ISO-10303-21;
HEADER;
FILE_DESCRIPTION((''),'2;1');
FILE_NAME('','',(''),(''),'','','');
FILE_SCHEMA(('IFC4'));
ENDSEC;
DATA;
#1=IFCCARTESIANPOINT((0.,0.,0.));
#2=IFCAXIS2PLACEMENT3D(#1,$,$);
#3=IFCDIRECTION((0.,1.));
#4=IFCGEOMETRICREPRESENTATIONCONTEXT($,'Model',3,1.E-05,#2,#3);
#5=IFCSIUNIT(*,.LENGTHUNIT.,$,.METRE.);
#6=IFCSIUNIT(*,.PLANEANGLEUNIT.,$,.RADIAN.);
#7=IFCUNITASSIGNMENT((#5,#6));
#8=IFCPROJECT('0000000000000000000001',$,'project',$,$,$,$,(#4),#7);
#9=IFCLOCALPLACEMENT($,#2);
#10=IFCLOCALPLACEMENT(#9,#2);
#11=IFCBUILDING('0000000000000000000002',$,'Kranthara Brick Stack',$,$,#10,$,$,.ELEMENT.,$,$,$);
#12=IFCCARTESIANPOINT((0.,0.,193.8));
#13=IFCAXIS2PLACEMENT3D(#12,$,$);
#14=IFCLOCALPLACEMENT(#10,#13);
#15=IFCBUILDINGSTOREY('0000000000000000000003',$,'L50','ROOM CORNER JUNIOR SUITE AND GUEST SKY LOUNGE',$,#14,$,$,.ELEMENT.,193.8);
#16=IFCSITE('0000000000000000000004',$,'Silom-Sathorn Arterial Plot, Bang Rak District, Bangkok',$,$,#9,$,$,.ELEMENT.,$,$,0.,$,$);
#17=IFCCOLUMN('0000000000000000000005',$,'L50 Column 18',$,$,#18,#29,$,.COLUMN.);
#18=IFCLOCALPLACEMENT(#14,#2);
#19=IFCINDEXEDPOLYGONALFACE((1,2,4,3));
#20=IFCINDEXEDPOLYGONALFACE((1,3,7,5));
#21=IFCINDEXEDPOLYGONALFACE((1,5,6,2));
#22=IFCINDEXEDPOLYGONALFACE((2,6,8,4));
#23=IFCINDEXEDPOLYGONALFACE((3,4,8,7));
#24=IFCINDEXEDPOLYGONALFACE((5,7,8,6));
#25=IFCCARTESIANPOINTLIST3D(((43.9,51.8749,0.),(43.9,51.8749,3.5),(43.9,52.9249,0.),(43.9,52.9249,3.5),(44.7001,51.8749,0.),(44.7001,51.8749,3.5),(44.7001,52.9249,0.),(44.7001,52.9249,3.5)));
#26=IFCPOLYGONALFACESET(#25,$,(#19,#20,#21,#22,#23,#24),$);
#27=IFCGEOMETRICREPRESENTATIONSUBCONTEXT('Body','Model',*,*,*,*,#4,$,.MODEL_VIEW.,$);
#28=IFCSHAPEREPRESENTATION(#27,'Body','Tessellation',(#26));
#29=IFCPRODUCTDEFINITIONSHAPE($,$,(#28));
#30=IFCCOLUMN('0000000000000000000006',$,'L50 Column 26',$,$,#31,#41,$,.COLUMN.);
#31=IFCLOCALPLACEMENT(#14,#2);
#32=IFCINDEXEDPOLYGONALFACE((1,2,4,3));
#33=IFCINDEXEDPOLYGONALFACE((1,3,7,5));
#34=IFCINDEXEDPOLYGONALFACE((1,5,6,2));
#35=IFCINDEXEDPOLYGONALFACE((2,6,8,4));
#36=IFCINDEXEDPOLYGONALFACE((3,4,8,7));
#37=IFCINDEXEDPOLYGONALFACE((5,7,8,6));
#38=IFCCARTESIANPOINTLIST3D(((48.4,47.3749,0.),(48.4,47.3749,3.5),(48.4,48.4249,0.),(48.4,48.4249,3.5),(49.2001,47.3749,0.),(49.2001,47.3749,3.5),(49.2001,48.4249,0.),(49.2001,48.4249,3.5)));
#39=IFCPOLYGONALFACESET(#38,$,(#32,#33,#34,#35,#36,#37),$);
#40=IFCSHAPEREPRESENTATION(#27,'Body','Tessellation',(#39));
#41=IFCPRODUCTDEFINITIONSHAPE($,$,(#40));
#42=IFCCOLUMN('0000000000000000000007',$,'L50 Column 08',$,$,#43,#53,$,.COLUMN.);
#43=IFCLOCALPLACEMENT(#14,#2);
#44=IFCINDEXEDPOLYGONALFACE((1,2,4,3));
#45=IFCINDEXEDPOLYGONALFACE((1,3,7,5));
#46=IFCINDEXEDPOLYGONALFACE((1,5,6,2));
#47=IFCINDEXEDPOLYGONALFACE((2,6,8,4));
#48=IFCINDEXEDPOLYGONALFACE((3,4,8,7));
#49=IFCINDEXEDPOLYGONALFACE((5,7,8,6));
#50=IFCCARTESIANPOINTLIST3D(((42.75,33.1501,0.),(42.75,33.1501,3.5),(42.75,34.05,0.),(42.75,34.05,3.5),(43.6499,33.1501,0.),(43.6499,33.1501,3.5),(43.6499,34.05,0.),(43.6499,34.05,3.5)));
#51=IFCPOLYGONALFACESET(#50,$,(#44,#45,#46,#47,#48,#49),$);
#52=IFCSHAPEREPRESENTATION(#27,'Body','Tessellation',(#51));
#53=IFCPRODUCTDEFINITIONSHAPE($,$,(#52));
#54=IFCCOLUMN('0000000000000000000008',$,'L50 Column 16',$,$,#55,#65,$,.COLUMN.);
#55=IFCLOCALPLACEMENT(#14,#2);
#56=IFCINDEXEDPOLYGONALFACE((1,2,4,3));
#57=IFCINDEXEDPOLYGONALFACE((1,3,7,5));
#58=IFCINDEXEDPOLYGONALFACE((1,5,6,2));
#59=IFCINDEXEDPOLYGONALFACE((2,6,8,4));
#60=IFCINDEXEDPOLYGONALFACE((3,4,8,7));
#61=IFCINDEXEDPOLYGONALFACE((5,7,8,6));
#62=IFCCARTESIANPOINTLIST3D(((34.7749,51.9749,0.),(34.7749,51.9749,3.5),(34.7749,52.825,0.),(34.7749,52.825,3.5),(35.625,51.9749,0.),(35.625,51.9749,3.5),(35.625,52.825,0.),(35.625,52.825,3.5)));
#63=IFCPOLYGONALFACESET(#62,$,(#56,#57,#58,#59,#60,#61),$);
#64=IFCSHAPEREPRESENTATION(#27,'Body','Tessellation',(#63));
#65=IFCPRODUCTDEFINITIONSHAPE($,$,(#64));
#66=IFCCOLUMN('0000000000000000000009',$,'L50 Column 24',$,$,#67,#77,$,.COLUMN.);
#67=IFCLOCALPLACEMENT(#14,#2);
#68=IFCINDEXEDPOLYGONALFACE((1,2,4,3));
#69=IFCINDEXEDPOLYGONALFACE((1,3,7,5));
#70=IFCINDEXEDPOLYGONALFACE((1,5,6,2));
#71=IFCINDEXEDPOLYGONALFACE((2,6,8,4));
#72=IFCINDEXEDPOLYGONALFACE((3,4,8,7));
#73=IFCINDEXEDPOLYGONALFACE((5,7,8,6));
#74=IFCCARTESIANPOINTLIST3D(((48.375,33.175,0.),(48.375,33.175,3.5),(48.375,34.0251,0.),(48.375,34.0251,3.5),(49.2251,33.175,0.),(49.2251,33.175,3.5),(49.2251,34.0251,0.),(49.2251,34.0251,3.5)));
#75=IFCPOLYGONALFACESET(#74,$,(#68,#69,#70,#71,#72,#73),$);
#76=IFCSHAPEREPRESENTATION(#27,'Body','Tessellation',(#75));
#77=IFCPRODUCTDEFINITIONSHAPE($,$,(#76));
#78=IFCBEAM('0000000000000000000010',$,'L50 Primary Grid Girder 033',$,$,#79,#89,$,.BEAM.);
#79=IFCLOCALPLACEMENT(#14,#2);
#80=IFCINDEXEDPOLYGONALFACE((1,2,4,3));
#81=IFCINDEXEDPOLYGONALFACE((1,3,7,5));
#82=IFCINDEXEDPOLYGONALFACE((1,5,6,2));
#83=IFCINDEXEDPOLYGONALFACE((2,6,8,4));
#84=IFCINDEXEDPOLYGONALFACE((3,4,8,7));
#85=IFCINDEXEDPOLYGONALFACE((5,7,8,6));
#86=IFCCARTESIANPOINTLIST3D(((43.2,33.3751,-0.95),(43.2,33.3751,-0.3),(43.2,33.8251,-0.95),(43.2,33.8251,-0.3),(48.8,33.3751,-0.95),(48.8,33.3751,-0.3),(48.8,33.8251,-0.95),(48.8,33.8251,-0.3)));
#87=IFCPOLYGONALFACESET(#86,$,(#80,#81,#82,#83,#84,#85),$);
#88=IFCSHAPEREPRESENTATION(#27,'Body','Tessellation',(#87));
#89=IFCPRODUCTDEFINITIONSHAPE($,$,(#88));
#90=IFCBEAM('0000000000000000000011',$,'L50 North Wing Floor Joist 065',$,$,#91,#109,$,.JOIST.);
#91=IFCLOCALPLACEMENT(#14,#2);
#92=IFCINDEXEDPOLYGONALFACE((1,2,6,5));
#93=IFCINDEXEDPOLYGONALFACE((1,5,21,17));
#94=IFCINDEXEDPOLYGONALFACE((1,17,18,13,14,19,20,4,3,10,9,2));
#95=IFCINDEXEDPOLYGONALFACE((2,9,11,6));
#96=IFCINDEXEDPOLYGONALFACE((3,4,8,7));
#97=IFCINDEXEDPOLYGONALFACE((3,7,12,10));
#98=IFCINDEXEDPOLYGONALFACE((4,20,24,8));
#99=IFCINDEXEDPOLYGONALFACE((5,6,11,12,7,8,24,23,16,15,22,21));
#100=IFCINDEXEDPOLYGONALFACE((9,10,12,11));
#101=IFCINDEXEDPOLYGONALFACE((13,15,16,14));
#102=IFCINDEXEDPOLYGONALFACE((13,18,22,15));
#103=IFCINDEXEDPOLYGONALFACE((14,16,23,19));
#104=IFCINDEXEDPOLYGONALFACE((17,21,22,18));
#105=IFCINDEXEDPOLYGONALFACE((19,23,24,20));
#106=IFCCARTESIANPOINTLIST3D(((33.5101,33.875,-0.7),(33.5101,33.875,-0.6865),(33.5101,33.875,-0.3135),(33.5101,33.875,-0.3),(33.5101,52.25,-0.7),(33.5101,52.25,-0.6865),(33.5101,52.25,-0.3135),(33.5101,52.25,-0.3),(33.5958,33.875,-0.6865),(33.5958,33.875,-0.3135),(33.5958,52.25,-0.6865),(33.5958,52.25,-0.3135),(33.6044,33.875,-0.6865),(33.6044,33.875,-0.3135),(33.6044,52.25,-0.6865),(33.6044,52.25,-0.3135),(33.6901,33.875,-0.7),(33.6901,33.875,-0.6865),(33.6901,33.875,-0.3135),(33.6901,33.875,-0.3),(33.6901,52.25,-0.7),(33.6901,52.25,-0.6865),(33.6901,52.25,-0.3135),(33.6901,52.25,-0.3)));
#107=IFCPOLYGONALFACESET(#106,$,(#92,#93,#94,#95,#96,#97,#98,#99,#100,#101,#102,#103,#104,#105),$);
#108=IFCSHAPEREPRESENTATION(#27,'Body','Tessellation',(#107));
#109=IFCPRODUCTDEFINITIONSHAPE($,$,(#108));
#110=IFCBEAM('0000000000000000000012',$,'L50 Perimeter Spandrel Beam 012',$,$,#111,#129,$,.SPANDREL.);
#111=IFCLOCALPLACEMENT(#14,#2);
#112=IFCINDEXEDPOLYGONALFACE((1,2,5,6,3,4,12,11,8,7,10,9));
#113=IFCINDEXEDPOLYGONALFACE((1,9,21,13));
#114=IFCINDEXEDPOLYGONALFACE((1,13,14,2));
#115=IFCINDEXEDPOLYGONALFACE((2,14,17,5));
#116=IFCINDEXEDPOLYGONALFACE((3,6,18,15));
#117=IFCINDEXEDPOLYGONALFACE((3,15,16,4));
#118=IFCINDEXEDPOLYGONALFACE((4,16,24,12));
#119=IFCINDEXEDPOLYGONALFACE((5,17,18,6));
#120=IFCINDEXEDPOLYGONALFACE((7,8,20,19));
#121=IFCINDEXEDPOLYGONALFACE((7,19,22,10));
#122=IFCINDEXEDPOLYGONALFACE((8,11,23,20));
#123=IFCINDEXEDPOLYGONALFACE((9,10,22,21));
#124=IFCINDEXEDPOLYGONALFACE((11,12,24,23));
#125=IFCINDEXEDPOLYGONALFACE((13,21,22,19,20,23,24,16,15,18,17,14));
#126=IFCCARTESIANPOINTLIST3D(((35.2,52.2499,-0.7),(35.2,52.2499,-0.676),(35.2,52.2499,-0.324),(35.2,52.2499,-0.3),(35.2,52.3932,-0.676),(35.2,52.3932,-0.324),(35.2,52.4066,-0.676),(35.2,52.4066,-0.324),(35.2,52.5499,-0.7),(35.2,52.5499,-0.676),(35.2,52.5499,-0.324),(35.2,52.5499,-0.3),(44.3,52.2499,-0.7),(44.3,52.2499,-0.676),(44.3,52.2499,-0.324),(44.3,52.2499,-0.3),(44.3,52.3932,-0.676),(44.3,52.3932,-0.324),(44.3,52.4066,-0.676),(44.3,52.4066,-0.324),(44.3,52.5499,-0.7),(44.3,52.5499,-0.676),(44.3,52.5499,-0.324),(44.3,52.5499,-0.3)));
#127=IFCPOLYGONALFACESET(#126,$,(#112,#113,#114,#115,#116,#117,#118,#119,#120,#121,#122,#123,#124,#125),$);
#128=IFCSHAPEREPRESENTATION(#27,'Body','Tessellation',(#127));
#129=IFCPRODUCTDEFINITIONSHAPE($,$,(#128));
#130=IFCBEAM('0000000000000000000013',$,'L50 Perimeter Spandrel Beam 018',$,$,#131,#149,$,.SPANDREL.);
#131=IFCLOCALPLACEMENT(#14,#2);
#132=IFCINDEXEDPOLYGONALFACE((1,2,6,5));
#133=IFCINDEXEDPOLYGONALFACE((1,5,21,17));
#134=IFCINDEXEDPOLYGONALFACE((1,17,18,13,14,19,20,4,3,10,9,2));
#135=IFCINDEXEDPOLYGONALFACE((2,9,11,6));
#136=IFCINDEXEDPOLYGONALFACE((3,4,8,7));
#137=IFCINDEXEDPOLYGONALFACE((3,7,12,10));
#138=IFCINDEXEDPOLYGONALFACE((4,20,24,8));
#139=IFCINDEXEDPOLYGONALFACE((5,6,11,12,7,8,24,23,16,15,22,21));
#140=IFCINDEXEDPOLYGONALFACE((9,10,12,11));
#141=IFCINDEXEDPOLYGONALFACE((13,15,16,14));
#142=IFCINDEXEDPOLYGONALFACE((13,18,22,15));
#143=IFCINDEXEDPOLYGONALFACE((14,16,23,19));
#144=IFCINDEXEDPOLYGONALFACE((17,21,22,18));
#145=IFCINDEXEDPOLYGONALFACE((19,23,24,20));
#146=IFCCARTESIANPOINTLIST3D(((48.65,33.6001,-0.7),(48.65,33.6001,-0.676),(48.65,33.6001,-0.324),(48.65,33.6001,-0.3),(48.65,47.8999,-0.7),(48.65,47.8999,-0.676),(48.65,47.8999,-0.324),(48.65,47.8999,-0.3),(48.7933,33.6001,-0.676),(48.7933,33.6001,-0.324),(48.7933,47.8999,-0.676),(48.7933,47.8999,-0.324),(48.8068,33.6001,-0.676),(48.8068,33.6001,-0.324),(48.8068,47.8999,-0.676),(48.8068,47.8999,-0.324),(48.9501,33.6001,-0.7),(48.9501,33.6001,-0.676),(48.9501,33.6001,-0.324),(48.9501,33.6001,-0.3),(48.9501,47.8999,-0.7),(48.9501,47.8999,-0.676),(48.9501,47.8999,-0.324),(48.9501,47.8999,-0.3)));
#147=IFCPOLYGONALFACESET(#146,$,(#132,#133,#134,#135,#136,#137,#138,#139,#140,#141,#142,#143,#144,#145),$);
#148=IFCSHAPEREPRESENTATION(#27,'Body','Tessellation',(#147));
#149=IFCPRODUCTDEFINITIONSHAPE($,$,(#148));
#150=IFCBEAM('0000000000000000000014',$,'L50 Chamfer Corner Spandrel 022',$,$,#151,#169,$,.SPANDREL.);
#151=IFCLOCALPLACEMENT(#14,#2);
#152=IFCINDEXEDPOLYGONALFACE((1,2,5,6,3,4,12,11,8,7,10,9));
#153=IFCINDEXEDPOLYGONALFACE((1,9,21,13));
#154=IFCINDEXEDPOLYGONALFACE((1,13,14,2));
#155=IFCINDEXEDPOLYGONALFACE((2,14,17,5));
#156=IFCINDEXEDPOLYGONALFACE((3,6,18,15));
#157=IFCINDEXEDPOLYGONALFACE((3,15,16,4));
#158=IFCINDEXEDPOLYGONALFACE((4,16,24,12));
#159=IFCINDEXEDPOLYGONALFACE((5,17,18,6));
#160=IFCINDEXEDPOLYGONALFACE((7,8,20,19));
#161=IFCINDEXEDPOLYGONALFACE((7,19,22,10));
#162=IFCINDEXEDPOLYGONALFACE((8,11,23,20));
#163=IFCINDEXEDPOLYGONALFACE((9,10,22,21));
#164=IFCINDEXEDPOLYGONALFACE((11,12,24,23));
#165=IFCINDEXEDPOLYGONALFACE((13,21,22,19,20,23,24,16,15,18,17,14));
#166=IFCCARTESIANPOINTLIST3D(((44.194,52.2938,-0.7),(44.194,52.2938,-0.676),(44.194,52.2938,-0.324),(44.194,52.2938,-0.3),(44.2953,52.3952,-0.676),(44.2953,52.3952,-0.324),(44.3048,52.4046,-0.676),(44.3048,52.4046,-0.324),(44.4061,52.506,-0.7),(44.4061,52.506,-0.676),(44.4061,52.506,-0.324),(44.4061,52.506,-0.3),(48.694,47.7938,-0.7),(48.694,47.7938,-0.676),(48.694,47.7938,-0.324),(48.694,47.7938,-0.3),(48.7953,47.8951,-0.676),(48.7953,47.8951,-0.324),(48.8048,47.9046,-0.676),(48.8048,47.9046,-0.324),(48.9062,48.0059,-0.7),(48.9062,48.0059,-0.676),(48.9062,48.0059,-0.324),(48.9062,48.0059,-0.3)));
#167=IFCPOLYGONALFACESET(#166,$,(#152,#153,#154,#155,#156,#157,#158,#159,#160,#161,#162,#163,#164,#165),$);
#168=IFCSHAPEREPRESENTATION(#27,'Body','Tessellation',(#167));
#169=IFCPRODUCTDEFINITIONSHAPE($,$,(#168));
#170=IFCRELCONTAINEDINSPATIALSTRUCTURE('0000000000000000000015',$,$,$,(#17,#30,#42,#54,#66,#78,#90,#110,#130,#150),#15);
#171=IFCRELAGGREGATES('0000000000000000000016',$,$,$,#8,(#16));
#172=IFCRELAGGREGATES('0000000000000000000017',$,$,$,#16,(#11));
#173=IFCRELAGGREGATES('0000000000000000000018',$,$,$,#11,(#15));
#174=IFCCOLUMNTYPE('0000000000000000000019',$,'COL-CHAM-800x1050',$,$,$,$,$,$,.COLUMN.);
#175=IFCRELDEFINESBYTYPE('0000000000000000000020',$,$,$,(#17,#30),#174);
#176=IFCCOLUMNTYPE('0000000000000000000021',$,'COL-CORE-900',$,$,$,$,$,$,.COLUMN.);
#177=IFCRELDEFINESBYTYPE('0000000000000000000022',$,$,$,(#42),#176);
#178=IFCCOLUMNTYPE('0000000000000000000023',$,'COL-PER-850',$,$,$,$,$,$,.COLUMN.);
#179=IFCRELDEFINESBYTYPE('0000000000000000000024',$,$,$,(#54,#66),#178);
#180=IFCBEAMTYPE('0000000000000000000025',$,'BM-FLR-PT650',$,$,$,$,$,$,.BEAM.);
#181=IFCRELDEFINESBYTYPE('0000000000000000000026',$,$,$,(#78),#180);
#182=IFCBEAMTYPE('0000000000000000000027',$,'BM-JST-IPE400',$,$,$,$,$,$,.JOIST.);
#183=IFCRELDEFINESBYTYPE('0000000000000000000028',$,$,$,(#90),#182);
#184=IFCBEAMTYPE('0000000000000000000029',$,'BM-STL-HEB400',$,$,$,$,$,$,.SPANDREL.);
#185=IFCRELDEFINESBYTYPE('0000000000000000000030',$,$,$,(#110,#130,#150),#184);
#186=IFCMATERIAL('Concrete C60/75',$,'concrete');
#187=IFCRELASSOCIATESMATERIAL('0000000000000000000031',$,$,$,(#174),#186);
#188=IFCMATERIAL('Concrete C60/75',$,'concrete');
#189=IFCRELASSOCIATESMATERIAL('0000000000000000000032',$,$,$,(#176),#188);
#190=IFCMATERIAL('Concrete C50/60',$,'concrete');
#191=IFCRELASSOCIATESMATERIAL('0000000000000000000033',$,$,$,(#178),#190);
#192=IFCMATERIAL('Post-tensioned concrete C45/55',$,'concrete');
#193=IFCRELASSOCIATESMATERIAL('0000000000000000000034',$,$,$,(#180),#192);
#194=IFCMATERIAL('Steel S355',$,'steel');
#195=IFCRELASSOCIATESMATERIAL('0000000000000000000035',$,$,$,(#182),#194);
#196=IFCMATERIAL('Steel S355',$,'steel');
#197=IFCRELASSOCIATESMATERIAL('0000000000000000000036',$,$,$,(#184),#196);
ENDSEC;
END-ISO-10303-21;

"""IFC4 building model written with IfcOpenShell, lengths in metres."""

from ifc_helpers import new_model, si_unit, direction, frame, origin, origin_2d, place, context, subcontext, project, spatial, rectangle, i_section, extrude, material, material_profile, profile_set, type_object, element, save


model = new_model("IFC4")

# Units and contexts
model_context = context("Model", 3, precision=1e-05, world=origin(), true_north=direction((0.0, 1.0)))
body_context = subcontext(model_context, "Body", "Model", "MODEL_VIEW")
ifc_project = project(units=[si_unit("LENGTHUNIT", "METRE"), si_unit("PLANEANGLEUNIT", "RADIAN")], contexts=[model_context])

# Site, building, storey
site_placement = place(None, origin())
site = spatial("IfcSite", under=ifc_project, at=site_placement, Name="Silom-Sathorn Arterial Plot, Bang Rak District, Bangkok", CompositionType="ELEMENT", RefElevation=0.0)
building_placement = place(site_placement, origin())
building = spatial("IfcBuilding", under=site, at=building_placement, Name="Kranthara Brick Stack", CompositionType="ELEMENT")
storey_placement = place(building_placement, frame((0.0, 0.0, 193.8)))
storey = spatial("IfcBuildingStorey", under=building, at=storey_placement, Name="L50", Description="ROOM CORNER JUNIOR SUITE AND GUEST SKY LOUNGE", CompositionType="ELEMENT", Elevation=193.8)

# Columns
ifc_material_1 = material(Name="Concrete C60/75", Category="concrete")
ifc_material_profile_1 = material_profile(ifc_material_1, rectangle(XDim=0.8, YDim=1.05, at=origin_2d()), Name="RC 800x1050")
ifc_profile_set_1 = profile_set([ifc_material_profile_1], Name="Concrete C60/75")
column_type_1 = type_object("IfcColumnType", Name="COL-CHAM-800x1050", PredefinedType="COLUMN", material=ifc_profile_set_1)
for number, where, z_axis, x_axis, name in (
    (1, (44.3, 52.3999, 0.0), (0.0, 0.0, 1.0), (1.0, 0.0, 0.0), "L50 Column 18"),
    (2, (48.8, 47.8999, 0.0), (0.0, 0.0, 1.0), (1.0, 0.0, 0.0), "L50 Column 26"),
):
    element("IfcColumn", number, at=place(storey_placement, frame(where, z_axis=z_axis, x_axis=x_axis)), inside=storey, type_object=column_type_1, Name=name, PredefinedType="COLUMN", context=body_context, shape_type="SweptSolid", body=[
        extrude(rectangle(XDim=0.8, YDim=1.05, at=origin_2d()), origin(), (0.0, 0.0, 1.0), 3.5),
    ])
ifc_material_2 = material(Name="Concrete C60/75", Category="concrete")
ifc_material_profile_2 = material_profile(ifc_material_2, rectangle(XDim=0.8999, YDim=0.8999, at=origin_2d()), Name="RC 900x900")
ifc_profile_set_2 = profile_set([ifc_material_profile_2], Name="Concrete C60/75")
column_type_2 = type_object("IfcColumnType", Name="COL-CORE-900", PredefinedType="COLUMN", material=ifc_profile_set_2)
column_placement = place(storey_placement, frame((43.2, 33.6001, 0.0), z_axis=(0.0, 0.0, 1.0), x_axis=(1.0, 0.0, 0.0)))
element("IfcColumn", 3, at=column_placement, inside=storey, type_object=column_type_2, Name="L50 Column 08", PredefinedType="COLUMN", context=body_context, shape_type="SweptSolid", body=[
    extrude(rectangle(XDim=0.8999, YDim=0.8999, at=origin_2d()), origin(), (0.0, 0.0, 1.0), 3.5),
])
ifc_material_3 = material(Name="Concrete C50/60", Category="concrete")
ifc_material_profile_3 = material_profile(ifc_material_3, rectangle(XDim=0.8501, YDim=0.8501, at=origin_2d()), Name="RC 850x850")
ifc_profile_set_3 = profile_set([ifc_material_profile_3], Name="Concrete C50/60")
column_type_3 = type_object("IfcColumnType", Name="COL-PER-850", PredefinedType="COLUMN", material=ifc_profile_set_3)
for number, where, z_axis, x_axis, name in (
    (4, (35.2, 52.3999, 0.0), (0.0, 0.0, 1.0), (1.0, 0.0, 0.0), "L50 Column 16"),
    (5, (48.8, 33.6001, 0.0), (0.0, 0.0, 1.0), (1.0, 0.0, 0.0), "L50 Column 24"),
):
    element("IfcColumn", number, at=place(storey_placement, frame(where, z_axis=z_axis, x_axis=x_axis)), inside=storey, type_object=column_type_3, Name=name, PredefinedType="COLUMN", context=body_context, shape_type="SweptSolid", body=[
        extrude(rectangle(XDim=0.8501, YDim=0.8501, at=origin_2d()), origin(), (0.0, 0.0, 1.0), 3.5),
    ])

# Beams
ifc_material_4 = material(Name="Post-tensioned concrete C45/55", Category="concrete")
ifc_material_profile_4 = material_profile(ifc_material_4, rectangle(XDim=0.45, YDim=0.6499, at=origin_2d()), Name="PT 450x650")
ifc_profile_set_4 = profile_set([ifc_material_profile_4], Name="Post-tensioned concrete C45/55")
beam_type_1 = type_object("IfcBeamType", Name="BM-FLR-PT650", PredefinedType="BEAM", material=ifc_profile_set_4)
beam_1_placement = place(storey_placement, frame((43.2, 33.6001, -0.625), z_axis=(1.0, 0.0, 0.0), x_axis=(0.0, 1.0, 0.0)))
element("IfcBeam", 6, at=beam_1_placement, inside=storey, type_object=beam_type_1, Name="L50 Primary Grid Girder 033", PredefinedType="BEAM", context=body_context, shape_type="SweptSolid", body=[
    extrude(rectangle(XDim=0.45, YDim=0.6499, at=origin_2d()), origin(), (0.0, 0.0, 1.0), 5.6001),
])
ifc_material_5 = material(Name="Steel S355", Category="steel")
ifc_material_profile_5 = material_profile(ifc_material_5, i_section(OverallWidth=0.1799, OverallDepth=0.3999, WebThickness=0.0085, FlangeThickness=0.0134, at=origin_2d()), Name="IPE 400")
ifc_profile_set_5 = profile_set([ifc_material_profile_5], Name="Steel S355")
beam_type_2 = type_object("IfcBeamType", Name="BM-JST-IPE400", PredefinedType="JOIST", material=ifc_profile_set_5)
beam_2_placement = place(storey_placement, frame((33.6001, 33.875, -0.5), z_axis=(0.0, 1.0, 0.0), x_axis=(-1.0, 0.0, 0.0)))
element("IfcBeam", 7, at=beam_2_placement, inside=storey, type_object=beam_type_2, Name="L50 North Wing Floor Joist 065", PredefinedType="JOIST", context=body_context, shape_type="SweptSolid", body=[
    extrude(i_section(OverallWidth=0.1799, OverallDepth=0.3999, WebThickness=0.0085, FlangeThickness=0.0134, at=origin_2d()), origin(), (0.0, 0.0, 1.0), 18.375),
])
ifc_material_6 = material(Name="Steel S355", Category="steel")
ifc_material_profile_6 = material_profile(ifc_material_6, i_section(OverallWidth=0.3, OverallDepth=0.3999, WebThickness=0.0134, FlangeThickness=0.0239, at=origin_2d()), Name="HEB 400")
ifc_profile_set_6 = profile_set([ifc_material_profile_6], Name="Steel S355")
beam_type_3 = type_object("IfcBeamType", Name="BM-STL-HEB400", PredefinedType="SPANDREL", material=ifc_profile_set_6)
beam_3_placement = place(storey_placement, frame((35.2, 52.3999, -0.5), z_axis=(1.0, 0.0, 0.0), x_axis=(0.0, 1.0, 0.0)))
element("IfcBeam", 8, at=beam_3_placement, inside=storey, type_object=beam_type_3, Name="L50 Perimeter Spandrel Beam 012", PredefinedType="SPANDREL", context=body_context, shape_type="SweptSolid", body=[
    extrude(i_section(OverallWidth=0.3, OverallDepth=0.3999, WebThickness=0.0134, FlangeThickness=0.0239, at=origin_2d()), origin(), (0.0, 0.0, 1.0), 9.1001),
])
beam_4_placement = place(storey_placement, frame((48.8, 33.6001, -0.5), z_axis=(0.0, 1.0, 0.0), x_axis=(-1.0, 0.0, 0.0)))
element("IfcBeam", 9, at=beam_4_placement, inside=storey, type_object=beam_type_3, Name="L50 Perimeter Spandrel Beam 018", PredefinedType="SPANDREL", context=body_context, shape_type="SweptSolid", body=[
    extrude(i_section(OverallWidth=0.3, OverallDepth=0.3999, WebThickness=0.0134, FlangeThickness=0.0239, at=origin_2d()), origin(), (0.0, 0.0, 1.0), 14.2998),
])
beam_5_placement = place(storey_placement, frame((44.3, 52.3999, -0.5), z_axis=(0.707107, -0.707107, 0.0), x_axis=(0.707107, 0.707107, 0.0)))
element("IfcBeam", 10, at=beam_5_placement, inside=storey, type_object=beam_type_3, Name="L50 Chamfer Corner Spandrel 022", PredefinedType="SPANDREL", context=body_context, shape_type="SweptSolid", body=[
    extrude(i_section(OverallWidth=0.3, OverallDepth=0.3999, WebThickness=0.0134, FlangeThickness=0.0239, at=origin_2d()), origin(), (0.0, 0.0, 1.0), 6.364),
])

save(model, "model.ifc")
